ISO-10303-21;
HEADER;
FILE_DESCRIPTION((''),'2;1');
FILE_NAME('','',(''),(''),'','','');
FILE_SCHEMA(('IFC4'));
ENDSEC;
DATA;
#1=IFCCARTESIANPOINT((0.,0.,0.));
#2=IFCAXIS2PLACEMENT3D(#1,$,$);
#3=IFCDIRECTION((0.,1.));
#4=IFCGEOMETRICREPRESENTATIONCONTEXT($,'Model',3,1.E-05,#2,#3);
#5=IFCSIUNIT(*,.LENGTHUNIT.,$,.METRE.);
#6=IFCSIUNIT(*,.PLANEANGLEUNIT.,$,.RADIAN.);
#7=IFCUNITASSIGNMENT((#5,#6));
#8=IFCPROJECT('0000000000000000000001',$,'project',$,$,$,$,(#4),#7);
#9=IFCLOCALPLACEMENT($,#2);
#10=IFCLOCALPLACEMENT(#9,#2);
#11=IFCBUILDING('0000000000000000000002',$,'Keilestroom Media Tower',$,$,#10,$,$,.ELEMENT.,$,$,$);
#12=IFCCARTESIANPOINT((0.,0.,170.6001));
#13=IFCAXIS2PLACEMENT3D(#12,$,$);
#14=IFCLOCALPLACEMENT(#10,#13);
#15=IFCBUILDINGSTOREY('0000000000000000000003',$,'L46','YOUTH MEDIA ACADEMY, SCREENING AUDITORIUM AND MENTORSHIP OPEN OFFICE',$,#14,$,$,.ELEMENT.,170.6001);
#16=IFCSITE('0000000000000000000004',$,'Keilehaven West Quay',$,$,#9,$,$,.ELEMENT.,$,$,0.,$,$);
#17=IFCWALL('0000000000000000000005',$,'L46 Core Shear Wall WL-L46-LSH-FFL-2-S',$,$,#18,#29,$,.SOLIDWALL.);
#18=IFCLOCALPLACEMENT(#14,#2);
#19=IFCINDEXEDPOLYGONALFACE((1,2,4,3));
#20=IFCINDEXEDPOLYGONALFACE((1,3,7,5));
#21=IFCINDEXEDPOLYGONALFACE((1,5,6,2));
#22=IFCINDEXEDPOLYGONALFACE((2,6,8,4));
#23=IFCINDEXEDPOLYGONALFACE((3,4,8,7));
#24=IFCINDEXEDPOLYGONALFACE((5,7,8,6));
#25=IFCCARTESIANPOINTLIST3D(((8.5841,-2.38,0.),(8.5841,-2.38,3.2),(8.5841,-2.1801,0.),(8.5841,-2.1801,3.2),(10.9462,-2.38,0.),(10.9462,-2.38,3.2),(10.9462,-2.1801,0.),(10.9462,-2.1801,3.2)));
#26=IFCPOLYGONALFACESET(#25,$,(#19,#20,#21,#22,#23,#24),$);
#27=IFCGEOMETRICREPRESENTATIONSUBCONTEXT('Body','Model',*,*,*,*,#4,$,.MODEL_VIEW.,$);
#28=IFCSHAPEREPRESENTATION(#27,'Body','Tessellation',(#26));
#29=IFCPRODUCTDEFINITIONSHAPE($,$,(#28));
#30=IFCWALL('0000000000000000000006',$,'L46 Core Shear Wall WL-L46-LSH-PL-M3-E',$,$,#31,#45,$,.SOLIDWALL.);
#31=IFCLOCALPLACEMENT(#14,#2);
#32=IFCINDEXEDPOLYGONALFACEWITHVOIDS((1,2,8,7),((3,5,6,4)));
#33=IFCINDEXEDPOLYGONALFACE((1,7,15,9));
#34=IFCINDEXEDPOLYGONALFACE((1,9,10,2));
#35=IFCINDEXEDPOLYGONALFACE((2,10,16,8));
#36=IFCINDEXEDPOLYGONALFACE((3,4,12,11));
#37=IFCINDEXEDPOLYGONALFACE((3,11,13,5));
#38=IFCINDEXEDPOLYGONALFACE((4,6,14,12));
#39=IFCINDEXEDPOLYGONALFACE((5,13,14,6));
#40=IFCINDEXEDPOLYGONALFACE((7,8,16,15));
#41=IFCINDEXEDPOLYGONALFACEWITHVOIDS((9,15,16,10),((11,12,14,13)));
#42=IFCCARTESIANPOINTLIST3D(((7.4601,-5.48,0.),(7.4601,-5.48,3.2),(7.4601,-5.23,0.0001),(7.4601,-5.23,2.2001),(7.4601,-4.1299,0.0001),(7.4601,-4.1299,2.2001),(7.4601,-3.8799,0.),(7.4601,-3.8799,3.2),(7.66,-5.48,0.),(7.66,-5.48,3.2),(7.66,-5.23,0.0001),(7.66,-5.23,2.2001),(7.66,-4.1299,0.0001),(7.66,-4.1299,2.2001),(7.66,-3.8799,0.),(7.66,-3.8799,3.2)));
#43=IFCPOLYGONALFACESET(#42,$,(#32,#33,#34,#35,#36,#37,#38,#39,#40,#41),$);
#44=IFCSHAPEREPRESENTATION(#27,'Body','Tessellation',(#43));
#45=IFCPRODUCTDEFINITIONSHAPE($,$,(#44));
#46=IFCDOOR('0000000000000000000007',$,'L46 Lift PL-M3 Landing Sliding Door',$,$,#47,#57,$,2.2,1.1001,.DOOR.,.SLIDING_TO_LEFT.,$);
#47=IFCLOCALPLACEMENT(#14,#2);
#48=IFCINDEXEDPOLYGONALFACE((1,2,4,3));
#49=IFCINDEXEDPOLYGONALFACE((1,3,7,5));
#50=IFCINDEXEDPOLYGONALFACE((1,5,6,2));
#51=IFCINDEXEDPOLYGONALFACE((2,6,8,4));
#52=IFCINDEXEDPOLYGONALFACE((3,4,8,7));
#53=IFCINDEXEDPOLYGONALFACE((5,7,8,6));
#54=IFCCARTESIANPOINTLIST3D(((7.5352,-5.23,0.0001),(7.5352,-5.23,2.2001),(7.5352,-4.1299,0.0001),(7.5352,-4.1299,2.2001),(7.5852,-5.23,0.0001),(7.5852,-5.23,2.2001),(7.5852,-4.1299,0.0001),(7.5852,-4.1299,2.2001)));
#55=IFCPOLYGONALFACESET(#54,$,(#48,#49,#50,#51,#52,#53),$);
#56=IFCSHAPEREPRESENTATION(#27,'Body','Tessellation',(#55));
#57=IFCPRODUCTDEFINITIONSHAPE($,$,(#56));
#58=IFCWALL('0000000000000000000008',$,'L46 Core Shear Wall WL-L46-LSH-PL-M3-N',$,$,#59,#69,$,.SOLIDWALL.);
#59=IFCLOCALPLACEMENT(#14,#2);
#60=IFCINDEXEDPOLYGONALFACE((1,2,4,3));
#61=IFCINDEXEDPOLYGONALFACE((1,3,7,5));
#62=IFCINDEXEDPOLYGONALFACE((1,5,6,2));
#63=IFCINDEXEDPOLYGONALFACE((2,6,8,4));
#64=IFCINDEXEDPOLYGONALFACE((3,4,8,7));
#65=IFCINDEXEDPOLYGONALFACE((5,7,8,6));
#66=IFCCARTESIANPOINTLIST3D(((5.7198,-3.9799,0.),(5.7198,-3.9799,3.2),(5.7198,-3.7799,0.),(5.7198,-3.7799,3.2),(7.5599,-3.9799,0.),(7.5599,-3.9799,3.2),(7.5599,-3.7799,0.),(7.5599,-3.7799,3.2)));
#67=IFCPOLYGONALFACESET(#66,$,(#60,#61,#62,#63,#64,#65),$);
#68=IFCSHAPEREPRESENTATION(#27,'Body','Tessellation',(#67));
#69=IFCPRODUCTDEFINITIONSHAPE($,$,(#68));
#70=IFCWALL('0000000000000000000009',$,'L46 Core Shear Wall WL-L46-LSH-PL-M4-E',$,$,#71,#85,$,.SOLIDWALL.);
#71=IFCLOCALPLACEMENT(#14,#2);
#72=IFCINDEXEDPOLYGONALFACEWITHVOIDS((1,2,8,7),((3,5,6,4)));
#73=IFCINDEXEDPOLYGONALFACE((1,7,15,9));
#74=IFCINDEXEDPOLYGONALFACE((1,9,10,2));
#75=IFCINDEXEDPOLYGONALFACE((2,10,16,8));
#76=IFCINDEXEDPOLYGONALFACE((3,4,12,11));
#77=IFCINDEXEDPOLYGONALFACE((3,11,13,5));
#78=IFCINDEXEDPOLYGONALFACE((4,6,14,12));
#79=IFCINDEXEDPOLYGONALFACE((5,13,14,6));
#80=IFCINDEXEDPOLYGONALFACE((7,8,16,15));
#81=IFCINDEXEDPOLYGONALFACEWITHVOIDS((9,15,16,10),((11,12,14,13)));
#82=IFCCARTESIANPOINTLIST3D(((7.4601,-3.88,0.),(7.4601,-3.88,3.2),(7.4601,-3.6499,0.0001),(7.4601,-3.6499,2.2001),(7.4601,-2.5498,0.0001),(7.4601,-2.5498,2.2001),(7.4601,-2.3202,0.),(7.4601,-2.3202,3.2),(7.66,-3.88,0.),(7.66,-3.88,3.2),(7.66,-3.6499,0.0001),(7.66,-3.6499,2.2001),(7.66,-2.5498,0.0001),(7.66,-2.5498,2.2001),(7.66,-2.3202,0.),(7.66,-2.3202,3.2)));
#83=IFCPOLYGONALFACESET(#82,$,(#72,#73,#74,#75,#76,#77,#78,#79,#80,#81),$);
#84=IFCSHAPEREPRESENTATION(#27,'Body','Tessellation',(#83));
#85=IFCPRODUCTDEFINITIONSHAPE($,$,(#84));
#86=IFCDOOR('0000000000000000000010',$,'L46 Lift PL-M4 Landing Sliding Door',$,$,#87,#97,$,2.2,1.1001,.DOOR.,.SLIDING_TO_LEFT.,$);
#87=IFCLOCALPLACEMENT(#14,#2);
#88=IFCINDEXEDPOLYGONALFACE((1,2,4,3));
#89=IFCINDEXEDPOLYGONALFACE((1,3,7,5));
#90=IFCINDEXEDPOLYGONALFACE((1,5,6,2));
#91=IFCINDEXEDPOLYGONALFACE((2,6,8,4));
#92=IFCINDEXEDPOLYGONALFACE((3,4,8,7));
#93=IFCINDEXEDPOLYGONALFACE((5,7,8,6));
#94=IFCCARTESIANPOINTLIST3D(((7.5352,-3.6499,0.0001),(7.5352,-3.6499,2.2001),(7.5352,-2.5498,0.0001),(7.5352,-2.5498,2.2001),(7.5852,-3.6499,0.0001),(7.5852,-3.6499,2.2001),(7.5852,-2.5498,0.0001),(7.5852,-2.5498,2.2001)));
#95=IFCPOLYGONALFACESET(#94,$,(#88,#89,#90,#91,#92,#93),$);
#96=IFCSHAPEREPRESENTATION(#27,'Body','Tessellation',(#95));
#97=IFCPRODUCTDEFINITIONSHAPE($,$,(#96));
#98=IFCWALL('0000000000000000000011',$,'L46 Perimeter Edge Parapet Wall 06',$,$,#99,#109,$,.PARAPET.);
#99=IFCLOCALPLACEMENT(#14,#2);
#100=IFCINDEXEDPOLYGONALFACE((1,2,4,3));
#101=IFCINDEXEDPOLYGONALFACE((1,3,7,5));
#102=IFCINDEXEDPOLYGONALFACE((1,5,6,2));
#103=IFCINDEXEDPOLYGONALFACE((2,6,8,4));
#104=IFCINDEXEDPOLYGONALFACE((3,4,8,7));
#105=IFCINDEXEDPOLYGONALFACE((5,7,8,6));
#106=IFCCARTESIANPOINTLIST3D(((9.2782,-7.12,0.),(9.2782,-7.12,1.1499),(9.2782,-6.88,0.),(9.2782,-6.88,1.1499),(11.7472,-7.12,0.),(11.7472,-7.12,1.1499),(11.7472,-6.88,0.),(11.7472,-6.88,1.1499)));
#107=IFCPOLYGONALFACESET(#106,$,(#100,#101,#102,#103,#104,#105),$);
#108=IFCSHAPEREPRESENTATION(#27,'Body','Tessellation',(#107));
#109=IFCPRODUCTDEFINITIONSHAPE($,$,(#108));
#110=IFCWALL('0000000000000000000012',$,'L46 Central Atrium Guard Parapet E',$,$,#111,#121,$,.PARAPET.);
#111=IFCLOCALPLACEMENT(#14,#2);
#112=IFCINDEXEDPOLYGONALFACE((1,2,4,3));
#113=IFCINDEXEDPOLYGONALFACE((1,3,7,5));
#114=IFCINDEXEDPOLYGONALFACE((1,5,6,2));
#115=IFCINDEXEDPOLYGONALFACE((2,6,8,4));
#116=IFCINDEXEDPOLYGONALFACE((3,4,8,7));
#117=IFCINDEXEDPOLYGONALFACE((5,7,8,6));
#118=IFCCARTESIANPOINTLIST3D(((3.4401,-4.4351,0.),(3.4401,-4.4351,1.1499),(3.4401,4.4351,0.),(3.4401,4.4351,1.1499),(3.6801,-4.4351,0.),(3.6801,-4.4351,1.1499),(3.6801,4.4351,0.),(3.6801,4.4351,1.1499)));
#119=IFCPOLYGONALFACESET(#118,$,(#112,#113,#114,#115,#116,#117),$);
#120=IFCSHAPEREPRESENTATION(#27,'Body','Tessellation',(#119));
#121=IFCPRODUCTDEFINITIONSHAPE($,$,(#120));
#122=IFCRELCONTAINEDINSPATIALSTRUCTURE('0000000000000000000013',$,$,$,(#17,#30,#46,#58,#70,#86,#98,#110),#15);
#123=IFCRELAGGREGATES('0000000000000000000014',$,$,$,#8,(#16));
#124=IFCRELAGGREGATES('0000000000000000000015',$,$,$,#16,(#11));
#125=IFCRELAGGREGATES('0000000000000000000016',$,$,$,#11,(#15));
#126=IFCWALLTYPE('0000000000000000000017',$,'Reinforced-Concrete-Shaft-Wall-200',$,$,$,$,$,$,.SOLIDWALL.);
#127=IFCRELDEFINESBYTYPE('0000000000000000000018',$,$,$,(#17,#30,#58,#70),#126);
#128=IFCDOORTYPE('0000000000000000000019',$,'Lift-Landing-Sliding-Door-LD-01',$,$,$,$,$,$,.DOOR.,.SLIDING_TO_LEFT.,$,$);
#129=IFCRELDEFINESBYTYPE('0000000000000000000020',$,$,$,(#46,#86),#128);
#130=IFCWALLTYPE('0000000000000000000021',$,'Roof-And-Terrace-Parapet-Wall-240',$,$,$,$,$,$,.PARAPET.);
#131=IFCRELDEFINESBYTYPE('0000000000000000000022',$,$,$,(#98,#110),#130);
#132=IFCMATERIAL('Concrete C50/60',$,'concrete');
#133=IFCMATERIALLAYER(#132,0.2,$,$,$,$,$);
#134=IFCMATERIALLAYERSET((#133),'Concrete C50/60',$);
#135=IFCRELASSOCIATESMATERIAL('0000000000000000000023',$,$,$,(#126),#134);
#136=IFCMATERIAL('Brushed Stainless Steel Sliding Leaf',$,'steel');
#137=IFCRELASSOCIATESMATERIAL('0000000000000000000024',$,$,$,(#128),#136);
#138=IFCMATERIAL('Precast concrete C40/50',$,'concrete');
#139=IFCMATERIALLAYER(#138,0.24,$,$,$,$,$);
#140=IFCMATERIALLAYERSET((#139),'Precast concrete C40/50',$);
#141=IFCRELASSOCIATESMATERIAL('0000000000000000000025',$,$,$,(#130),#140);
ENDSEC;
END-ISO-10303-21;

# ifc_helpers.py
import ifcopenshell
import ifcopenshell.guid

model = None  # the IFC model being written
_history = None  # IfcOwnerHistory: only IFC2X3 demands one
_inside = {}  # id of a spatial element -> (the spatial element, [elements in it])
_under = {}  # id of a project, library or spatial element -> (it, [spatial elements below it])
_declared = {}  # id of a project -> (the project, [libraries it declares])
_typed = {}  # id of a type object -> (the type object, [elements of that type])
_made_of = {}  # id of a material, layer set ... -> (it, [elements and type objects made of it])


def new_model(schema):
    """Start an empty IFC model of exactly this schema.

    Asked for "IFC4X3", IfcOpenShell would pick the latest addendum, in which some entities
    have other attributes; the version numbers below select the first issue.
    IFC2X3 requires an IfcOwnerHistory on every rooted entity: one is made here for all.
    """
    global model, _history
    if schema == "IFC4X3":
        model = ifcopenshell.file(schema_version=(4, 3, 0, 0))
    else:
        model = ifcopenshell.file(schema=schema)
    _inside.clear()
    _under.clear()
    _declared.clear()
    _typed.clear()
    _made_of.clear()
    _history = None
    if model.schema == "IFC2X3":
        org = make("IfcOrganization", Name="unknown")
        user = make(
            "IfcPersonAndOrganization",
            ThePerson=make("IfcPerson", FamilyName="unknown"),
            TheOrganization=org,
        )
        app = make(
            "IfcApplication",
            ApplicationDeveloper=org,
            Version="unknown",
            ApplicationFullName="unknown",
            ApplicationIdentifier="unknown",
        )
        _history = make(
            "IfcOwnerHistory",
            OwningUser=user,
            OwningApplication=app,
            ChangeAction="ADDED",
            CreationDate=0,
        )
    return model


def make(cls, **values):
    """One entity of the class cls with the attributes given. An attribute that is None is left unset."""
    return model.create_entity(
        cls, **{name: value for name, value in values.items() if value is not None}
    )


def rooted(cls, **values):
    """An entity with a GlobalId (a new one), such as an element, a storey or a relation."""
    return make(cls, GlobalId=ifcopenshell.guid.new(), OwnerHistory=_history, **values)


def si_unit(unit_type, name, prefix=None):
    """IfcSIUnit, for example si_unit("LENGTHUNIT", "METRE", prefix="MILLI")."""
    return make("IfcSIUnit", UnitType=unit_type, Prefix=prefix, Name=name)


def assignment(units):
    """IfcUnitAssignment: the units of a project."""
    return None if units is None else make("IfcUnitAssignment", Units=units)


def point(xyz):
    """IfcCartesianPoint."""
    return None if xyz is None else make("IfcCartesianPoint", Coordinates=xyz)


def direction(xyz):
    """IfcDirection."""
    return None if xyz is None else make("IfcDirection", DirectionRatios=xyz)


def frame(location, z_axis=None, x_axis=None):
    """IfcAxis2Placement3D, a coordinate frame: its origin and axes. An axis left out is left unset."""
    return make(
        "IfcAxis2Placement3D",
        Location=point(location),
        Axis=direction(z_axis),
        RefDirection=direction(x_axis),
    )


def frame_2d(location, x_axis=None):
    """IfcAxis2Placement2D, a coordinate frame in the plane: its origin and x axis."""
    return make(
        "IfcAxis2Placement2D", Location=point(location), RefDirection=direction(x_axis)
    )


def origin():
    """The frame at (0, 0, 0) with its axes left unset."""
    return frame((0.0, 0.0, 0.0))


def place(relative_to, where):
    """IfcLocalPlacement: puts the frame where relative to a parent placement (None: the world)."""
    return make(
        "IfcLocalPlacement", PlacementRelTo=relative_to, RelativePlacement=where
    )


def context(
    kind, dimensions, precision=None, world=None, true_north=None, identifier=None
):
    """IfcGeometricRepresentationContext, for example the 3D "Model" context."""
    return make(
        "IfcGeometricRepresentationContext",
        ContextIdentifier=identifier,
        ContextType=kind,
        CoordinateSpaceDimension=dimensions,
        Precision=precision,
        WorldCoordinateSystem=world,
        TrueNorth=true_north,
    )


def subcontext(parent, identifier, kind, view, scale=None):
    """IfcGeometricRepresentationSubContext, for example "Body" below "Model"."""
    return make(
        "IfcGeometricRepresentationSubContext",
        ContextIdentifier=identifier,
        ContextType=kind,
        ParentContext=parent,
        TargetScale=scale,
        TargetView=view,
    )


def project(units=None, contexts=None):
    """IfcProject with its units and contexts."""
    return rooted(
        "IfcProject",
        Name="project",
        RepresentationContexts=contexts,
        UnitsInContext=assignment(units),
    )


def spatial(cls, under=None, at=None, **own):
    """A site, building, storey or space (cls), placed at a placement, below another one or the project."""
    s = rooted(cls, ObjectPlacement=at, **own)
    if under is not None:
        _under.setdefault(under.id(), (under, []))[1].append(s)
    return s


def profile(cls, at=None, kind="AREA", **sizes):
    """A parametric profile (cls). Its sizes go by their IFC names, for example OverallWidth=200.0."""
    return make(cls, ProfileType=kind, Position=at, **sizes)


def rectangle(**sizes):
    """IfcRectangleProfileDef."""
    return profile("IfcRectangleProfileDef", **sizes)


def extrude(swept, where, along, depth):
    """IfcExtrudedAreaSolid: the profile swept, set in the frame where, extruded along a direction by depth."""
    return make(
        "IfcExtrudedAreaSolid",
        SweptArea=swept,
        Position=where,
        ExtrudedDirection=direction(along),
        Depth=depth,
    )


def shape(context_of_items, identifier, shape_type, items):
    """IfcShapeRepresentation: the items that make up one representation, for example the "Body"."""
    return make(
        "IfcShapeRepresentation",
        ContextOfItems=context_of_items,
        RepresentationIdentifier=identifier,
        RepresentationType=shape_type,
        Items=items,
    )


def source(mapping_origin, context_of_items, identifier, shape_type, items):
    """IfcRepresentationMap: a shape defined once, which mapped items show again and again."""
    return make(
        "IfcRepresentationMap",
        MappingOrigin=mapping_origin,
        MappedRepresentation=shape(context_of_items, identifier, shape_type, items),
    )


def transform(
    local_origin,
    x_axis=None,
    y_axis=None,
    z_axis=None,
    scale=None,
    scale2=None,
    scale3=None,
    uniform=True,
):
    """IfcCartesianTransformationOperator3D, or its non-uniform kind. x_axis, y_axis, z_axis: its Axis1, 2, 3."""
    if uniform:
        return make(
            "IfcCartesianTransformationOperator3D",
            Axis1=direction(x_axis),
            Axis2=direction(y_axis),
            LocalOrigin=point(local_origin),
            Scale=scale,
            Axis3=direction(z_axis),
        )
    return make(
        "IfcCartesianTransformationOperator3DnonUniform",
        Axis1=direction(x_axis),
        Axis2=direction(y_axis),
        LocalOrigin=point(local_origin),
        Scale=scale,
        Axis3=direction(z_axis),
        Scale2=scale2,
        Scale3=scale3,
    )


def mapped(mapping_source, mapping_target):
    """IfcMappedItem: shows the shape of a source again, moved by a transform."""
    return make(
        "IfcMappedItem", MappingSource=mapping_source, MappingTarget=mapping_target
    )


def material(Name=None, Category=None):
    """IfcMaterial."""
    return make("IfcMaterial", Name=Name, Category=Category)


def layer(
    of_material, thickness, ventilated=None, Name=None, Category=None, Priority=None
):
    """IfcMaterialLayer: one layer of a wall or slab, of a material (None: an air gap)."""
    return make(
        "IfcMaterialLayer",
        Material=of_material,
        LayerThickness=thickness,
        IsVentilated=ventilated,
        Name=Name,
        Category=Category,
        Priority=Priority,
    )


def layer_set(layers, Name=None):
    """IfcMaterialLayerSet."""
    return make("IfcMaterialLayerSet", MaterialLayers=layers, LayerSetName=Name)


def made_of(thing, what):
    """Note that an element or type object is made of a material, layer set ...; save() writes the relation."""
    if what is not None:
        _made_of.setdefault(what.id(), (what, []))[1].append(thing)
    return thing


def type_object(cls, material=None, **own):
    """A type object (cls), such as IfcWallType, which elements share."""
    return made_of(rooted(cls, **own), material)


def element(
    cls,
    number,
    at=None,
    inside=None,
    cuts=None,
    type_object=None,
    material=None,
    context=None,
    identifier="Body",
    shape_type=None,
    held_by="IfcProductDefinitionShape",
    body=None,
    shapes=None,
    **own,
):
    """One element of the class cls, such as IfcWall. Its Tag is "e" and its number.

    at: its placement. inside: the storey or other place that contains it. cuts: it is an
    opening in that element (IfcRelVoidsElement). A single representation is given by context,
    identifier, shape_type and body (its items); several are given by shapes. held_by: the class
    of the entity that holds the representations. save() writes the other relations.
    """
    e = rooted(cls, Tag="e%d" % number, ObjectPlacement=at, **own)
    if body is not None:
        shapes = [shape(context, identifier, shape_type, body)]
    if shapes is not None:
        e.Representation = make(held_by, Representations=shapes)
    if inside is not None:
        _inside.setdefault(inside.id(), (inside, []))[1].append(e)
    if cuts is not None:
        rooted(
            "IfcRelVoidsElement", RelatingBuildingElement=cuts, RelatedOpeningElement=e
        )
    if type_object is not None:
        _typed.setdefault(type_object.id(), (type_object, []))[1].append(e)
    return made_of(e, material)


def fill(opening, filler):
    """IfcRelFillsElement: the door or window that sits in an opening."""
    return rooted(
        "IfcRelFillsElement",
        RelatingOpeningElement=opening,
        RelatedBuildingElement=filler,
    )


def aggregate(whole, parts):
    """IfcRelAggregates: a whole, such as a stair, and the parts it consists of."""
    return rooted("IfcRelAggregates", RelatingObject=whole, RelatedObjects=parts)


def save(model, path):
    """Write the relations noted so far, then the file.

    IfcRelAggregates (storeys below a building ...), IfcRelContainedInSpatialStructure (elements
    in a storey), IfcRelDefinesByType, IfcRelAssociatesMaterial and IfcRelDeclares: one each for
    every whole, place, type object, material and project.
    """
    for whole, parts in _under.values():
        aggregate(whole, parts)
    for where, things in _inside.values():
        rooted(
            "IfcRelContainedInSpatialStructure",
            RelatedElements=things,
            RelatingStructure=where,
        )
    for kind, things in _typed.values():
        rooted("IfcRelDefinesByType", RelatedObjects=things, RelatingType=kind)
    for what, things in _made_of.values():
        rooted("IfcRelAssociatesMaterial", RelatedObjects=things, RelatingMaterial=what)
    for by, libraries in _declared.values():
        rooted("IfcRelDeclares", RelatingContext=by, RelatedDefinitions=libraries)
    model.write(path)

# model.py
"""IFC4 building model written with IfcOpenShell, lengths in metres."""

from ifc_helpers import new_model, si_unit, direction, frame, frame_2d, origin, place, context, subcontext, project, spatial, rectangle, extrude, source, transform, mapped, material, layer, layer_set, type_object, element, fill, save


model = new_model("IFC4")

# Units and contexts
model_context = context("Model", 3, precision=1e-05, world=origin(), true_north=direction((0.0, 1.0)))
body_context = subcontext(model_context, "Body", "Model", "MODEL_VIEW")
ifc_project = project(units=[si_unit("LENGTHUNIT", "METRE"), si_unit("PLANEANGLEUNIT", "RADIAN")], contexts=[model_context])

# Site, building, storey
site_placement = place(None, origin())
site = spatial("IfcSite", under=ifc_project, at=site_placement, Name="Keilehaven West Quay", CompositionType="ELEMENT", RefElevation=0.0)
building_placement = place(site_placement, origin())
building = spatial("IfcBuilding", under=site, at=building_placement, Name="Keilestroom Media Tower", CompositionType="ELEMENT")
storey_placement = place(building_placement, frame((0.0, 0.0, 170.6001)))
storey = spatial("IfcBuildingStorey", under=building, at=storey_placement, Name="L46", Description="YOUTH MEDIA ACADEMY, SCREENING AUDITORIUM AND MENTORSHIP OPEN OFFICE", CompositionType="ELEMENT", Elevation=170.6001)

# Shared definitions
ifc_material_1 = material(Name="Precast concrete C40/50", Category="concrete")

# Shared definitions
ifc_material_2 = material(Name="Concrete C50/60", Category="concrete")
ifc_layer_1 = layer(ifc_material_2, 0.2)
ifc_layer_set_1 = layer_set([ifc_layer_1], Name="Concrete C50/60")
wall_type_1 = type_object("IfcWallType", Name="Reinforced-Concrete-Shaft-Wall-200", PredefinedType="SOLIDWALL", material=ifc_layer_set_1)

# Shared definitions
ifc_material_3 = material(Name="Brushed Stainless Steel Sliding Leaf", Category="steel")

# Wall
wall_1_placement = place(storey_placement, frame((8.584, -2.28, 0.0), z_axis=(0.0, 0.0, 1.0), x_axis=(1.0, 0.0, 0.0)))
element("IfcWall", 1, at=wall_1_placement, inside=storey, type_object=wall_type_1, Name="L46 Core Shear Wall WL-L46-LSH-FFL-2-S", PredefinedType="SOLIDWALL", context=body_context, shape_type="SweptSolid", body=[
    extrude(rectangle(XDim=2.3621, YDim=0.2, at=frame_2d((1.1812, 0.0))), origin(), (0.0, 0.0, 1.0), 3.2),
])

# Wall, opening, door
wall_2_placement = place(storey_placement, frame((7.5601, -5.48, 0.0), z_axis=(0.0, 0.0, 1.0), x_axis=(0.0, 1.0, 0.0)))
wall_2 = element("IfcWall", 2, at=wall_2_placement, inside=storey, type_object=wall_type_1, Name="L46 Core Shear Wall WL-L46-LSH-PL-M3-E", PredefinedType="SOLIDWALL", context=body_context, shape_type="SweptSolid", body=[
    extrude(rectangle(XDim=1.6001, YDim=0.2, at=frame_2d((0.8, 0.0))), origin(), (0.0, 0.0, 1.0), 3.2),
])
opening_1_placement = place(wall_2_placement, frame((0.25, 0.0, 0.0)))
opening_1 = element("IfcOpeningElement", 3, at=opening_1_placement, cuts=wall_2, PredefinedType="OPENING", context=body_context, shape_type="SweptSolid", body=[
    extrude(rectangle(XDim=1.1001, YDim=2.2, at=frame_2d((0.55, 1.1001))), frame((0.0, 0.1099, 0.0), z_axis=(0.0, -1.0, 0.0), x_axis=(1.0, 0.0, 0.0)), (0.0, 0.0, 1.0), 0.22),
])
door_type_1 = type_object("IfcDoorType", Name="Lift-Landing-Sliding-Door-LD-01", OperationType="SLIDING_TO_LEFT", PredefinedType="DOOR", material=ifc_material_3)
shared_shape_1 = source(origin(), body_context, "Body", "SweptSolid", [
    extrude(rectangle(XDim=1.1001, YDim=2.2, at=frame_2d((0.55, 1.1001))), frame((0.0, 0.0249, 0.0), z_axis=(0.0, -1.0, 0.0), x_axis=(1.0, 0.0, 0.0)), (0.0, 0.0, 1.0), 0.05),
])
door_1_placement = place(opening_1_placement, origin())
door_1 = element("IfcDoor", 4, at=door_1_placement, inside=storey, type_object=door_type_1, Name="L46 Lift PL-M3 Landing Sliding Door", OperationType="SLIDING_TO_LEFT", OverallHeight=2.2, OverallWidth=1.1001, PredefinedType="DOOR", context=body_context, shape_type="MappedRepresentation", body=[
    mapped(shared_shape_1, transform((0.0, 0.0, 0.0), x_axis=(1.0, 0.0, 0.0), y_axis=(0.0, 1.0, 0.0), z_axis=(0.0, 0.0, 1.0), scale=1.0)),
])
fill(opening_1, door_1)

# Wall
wall_3_placement = place(storey_placement, frame((5.72, -3.8799, 0.0), z_axis=(0.0, 0.0, 1.0), x_axis=(1.0, 0.0, 0.0)))
element("IfcWall", 5, at=wall_3_placement, inside=storey, type_object=wall_type_1, Name="L46 Core Shear Wall WL-L46-LSH-PL-M3-N", PredefinedType="SOLIDWALL", context=body_context, shape_type="SweptSolid", body=[
    extrude(rectangle(XDim=1.8401, YDim=0.2, at=frame_2d((0.9199, 0.0))), origin(), (0.0, 0.0, 1.0), 3.2),
])

# Wall, opening, door
wall_4_placement = place(storey_placement, frame((7.5601, -3.8799, 0.0), z_axis=(0.0, 0.0, 1.0), x_axis=(0.0, 1.0, 0.0)))
wall_4 = element("IfcWall", 6, at=wall_4_placement, inside=storey, type_object=wall_type_1, Name="L46 Core Shear Wall WL-L46-LSH-PL-M4-E", PredefinedType="SOLIDWALL", context=body_context, shape_type="SweptSolid", body=[
    extrude(rectangle(XDim=1.5598, YDim=0.2, at=frame_2d((0.7798, 0.0))), origin(), (0.0, 0.0, 1.0), 3.2),
])
opening_2_placement = place(wall_4_placement, frame((0.23, 0.0, 0.0)))
opening_2 = element("IfcOpeningElement", 7, at=opening_2_placement, cuts=wall_4, PredefinedType="OPENING", context=body_context, shape_type="SweptSolid", body=[
    extrude(rectangle(XDim=1.1001, YDim=2.2, at=frame_2d((0.55, 1.1001))), frame((0.0, 0.1099, 0.0), z_axis=(0.0, -1.0, 0.0), x_axis=(1.0, 0.0, 0.0)), (0.0, 0.0, 1.0), 0.22),
])
door_2_placement = place(opening_2_placement, origin())
door_2 = element("IfcDoor", 8, at=door_2_placement, inside=storey, type_object=door_type_1, Name="L46 Lift PL-M4 Landing Sliding Door", OperationType="SLIDING_TO_LEFT", OverallHeight=2.2, OverallWidth=1.1001, PredefinedType="DOOR", context=body_context, shape_type="MappedRepresentation", body=[
    mapped(shared_shape_1, transform((0.0, 0.0, 0.0), x_axis=(1.0, 0.0, 0.0), y_axis=(0.0, 1.0, 0.0), z_axis=(0.0, 0.0, 1.0), scale=1.0)),
])
fill(opening_2, door_2)

# Walls
ifc_layer_2 = layer(ifc_material_1, 0.24)
ifc_layer_set_2 = layer_set([ifc_layer_2], Name="Precast concrete C40/50")
wall_type_2 = type_object("IfcWallType", Name="Roof-And-Terrace-Parapet-Wall-240", PredefinedType="PARAPET", material=ifc_layer_set_2)
wall_5_placement = place(storey_placement, frame((11.7471, -7.0, 0.0), z_axis=(0.0, 0.0, 1.0), x_axis=(-1.0, 0.0, 0.0)))
element("IfcWall", 9, at=wall_5_placement, inside=storey, type_object=wall_type_2, Name="L46 Perimeter Edge Parapet Wall 06", PredefinedType="PARAPET", context=body_context, shape_type="SweptSolid", body=[
    extrude(rectangle(XDim=2.469, YDim=0.24, at=frame_2d((1.2344, 0.0))), origin(), (0.0, 0.0, 1.0), 1.1499),
])
wall_6_placement = place(storey_placement, frame((3.5601, -4.4351, 0.0), z_axis=(0.0, 0.0, 1.0), x_axis=(0.0, 1.0, 0.0)))
element("IfcWall", 10, at=wall_6_placement, inside=storey, type_object=wall_type_2, Name="L46 Central Atrium Guard Parapet E", PredefinedType="PARAPET", context=body_context, shape_type="SweptSolid", body=[
    extrude(rectangle(XDim=8.8701, YDim=0.24, at=frame_2d((4.4351, 0.0))), origin(), (0.0, 0.0, 1.0), 1.1499),
])

save(model, "model.ifc")
